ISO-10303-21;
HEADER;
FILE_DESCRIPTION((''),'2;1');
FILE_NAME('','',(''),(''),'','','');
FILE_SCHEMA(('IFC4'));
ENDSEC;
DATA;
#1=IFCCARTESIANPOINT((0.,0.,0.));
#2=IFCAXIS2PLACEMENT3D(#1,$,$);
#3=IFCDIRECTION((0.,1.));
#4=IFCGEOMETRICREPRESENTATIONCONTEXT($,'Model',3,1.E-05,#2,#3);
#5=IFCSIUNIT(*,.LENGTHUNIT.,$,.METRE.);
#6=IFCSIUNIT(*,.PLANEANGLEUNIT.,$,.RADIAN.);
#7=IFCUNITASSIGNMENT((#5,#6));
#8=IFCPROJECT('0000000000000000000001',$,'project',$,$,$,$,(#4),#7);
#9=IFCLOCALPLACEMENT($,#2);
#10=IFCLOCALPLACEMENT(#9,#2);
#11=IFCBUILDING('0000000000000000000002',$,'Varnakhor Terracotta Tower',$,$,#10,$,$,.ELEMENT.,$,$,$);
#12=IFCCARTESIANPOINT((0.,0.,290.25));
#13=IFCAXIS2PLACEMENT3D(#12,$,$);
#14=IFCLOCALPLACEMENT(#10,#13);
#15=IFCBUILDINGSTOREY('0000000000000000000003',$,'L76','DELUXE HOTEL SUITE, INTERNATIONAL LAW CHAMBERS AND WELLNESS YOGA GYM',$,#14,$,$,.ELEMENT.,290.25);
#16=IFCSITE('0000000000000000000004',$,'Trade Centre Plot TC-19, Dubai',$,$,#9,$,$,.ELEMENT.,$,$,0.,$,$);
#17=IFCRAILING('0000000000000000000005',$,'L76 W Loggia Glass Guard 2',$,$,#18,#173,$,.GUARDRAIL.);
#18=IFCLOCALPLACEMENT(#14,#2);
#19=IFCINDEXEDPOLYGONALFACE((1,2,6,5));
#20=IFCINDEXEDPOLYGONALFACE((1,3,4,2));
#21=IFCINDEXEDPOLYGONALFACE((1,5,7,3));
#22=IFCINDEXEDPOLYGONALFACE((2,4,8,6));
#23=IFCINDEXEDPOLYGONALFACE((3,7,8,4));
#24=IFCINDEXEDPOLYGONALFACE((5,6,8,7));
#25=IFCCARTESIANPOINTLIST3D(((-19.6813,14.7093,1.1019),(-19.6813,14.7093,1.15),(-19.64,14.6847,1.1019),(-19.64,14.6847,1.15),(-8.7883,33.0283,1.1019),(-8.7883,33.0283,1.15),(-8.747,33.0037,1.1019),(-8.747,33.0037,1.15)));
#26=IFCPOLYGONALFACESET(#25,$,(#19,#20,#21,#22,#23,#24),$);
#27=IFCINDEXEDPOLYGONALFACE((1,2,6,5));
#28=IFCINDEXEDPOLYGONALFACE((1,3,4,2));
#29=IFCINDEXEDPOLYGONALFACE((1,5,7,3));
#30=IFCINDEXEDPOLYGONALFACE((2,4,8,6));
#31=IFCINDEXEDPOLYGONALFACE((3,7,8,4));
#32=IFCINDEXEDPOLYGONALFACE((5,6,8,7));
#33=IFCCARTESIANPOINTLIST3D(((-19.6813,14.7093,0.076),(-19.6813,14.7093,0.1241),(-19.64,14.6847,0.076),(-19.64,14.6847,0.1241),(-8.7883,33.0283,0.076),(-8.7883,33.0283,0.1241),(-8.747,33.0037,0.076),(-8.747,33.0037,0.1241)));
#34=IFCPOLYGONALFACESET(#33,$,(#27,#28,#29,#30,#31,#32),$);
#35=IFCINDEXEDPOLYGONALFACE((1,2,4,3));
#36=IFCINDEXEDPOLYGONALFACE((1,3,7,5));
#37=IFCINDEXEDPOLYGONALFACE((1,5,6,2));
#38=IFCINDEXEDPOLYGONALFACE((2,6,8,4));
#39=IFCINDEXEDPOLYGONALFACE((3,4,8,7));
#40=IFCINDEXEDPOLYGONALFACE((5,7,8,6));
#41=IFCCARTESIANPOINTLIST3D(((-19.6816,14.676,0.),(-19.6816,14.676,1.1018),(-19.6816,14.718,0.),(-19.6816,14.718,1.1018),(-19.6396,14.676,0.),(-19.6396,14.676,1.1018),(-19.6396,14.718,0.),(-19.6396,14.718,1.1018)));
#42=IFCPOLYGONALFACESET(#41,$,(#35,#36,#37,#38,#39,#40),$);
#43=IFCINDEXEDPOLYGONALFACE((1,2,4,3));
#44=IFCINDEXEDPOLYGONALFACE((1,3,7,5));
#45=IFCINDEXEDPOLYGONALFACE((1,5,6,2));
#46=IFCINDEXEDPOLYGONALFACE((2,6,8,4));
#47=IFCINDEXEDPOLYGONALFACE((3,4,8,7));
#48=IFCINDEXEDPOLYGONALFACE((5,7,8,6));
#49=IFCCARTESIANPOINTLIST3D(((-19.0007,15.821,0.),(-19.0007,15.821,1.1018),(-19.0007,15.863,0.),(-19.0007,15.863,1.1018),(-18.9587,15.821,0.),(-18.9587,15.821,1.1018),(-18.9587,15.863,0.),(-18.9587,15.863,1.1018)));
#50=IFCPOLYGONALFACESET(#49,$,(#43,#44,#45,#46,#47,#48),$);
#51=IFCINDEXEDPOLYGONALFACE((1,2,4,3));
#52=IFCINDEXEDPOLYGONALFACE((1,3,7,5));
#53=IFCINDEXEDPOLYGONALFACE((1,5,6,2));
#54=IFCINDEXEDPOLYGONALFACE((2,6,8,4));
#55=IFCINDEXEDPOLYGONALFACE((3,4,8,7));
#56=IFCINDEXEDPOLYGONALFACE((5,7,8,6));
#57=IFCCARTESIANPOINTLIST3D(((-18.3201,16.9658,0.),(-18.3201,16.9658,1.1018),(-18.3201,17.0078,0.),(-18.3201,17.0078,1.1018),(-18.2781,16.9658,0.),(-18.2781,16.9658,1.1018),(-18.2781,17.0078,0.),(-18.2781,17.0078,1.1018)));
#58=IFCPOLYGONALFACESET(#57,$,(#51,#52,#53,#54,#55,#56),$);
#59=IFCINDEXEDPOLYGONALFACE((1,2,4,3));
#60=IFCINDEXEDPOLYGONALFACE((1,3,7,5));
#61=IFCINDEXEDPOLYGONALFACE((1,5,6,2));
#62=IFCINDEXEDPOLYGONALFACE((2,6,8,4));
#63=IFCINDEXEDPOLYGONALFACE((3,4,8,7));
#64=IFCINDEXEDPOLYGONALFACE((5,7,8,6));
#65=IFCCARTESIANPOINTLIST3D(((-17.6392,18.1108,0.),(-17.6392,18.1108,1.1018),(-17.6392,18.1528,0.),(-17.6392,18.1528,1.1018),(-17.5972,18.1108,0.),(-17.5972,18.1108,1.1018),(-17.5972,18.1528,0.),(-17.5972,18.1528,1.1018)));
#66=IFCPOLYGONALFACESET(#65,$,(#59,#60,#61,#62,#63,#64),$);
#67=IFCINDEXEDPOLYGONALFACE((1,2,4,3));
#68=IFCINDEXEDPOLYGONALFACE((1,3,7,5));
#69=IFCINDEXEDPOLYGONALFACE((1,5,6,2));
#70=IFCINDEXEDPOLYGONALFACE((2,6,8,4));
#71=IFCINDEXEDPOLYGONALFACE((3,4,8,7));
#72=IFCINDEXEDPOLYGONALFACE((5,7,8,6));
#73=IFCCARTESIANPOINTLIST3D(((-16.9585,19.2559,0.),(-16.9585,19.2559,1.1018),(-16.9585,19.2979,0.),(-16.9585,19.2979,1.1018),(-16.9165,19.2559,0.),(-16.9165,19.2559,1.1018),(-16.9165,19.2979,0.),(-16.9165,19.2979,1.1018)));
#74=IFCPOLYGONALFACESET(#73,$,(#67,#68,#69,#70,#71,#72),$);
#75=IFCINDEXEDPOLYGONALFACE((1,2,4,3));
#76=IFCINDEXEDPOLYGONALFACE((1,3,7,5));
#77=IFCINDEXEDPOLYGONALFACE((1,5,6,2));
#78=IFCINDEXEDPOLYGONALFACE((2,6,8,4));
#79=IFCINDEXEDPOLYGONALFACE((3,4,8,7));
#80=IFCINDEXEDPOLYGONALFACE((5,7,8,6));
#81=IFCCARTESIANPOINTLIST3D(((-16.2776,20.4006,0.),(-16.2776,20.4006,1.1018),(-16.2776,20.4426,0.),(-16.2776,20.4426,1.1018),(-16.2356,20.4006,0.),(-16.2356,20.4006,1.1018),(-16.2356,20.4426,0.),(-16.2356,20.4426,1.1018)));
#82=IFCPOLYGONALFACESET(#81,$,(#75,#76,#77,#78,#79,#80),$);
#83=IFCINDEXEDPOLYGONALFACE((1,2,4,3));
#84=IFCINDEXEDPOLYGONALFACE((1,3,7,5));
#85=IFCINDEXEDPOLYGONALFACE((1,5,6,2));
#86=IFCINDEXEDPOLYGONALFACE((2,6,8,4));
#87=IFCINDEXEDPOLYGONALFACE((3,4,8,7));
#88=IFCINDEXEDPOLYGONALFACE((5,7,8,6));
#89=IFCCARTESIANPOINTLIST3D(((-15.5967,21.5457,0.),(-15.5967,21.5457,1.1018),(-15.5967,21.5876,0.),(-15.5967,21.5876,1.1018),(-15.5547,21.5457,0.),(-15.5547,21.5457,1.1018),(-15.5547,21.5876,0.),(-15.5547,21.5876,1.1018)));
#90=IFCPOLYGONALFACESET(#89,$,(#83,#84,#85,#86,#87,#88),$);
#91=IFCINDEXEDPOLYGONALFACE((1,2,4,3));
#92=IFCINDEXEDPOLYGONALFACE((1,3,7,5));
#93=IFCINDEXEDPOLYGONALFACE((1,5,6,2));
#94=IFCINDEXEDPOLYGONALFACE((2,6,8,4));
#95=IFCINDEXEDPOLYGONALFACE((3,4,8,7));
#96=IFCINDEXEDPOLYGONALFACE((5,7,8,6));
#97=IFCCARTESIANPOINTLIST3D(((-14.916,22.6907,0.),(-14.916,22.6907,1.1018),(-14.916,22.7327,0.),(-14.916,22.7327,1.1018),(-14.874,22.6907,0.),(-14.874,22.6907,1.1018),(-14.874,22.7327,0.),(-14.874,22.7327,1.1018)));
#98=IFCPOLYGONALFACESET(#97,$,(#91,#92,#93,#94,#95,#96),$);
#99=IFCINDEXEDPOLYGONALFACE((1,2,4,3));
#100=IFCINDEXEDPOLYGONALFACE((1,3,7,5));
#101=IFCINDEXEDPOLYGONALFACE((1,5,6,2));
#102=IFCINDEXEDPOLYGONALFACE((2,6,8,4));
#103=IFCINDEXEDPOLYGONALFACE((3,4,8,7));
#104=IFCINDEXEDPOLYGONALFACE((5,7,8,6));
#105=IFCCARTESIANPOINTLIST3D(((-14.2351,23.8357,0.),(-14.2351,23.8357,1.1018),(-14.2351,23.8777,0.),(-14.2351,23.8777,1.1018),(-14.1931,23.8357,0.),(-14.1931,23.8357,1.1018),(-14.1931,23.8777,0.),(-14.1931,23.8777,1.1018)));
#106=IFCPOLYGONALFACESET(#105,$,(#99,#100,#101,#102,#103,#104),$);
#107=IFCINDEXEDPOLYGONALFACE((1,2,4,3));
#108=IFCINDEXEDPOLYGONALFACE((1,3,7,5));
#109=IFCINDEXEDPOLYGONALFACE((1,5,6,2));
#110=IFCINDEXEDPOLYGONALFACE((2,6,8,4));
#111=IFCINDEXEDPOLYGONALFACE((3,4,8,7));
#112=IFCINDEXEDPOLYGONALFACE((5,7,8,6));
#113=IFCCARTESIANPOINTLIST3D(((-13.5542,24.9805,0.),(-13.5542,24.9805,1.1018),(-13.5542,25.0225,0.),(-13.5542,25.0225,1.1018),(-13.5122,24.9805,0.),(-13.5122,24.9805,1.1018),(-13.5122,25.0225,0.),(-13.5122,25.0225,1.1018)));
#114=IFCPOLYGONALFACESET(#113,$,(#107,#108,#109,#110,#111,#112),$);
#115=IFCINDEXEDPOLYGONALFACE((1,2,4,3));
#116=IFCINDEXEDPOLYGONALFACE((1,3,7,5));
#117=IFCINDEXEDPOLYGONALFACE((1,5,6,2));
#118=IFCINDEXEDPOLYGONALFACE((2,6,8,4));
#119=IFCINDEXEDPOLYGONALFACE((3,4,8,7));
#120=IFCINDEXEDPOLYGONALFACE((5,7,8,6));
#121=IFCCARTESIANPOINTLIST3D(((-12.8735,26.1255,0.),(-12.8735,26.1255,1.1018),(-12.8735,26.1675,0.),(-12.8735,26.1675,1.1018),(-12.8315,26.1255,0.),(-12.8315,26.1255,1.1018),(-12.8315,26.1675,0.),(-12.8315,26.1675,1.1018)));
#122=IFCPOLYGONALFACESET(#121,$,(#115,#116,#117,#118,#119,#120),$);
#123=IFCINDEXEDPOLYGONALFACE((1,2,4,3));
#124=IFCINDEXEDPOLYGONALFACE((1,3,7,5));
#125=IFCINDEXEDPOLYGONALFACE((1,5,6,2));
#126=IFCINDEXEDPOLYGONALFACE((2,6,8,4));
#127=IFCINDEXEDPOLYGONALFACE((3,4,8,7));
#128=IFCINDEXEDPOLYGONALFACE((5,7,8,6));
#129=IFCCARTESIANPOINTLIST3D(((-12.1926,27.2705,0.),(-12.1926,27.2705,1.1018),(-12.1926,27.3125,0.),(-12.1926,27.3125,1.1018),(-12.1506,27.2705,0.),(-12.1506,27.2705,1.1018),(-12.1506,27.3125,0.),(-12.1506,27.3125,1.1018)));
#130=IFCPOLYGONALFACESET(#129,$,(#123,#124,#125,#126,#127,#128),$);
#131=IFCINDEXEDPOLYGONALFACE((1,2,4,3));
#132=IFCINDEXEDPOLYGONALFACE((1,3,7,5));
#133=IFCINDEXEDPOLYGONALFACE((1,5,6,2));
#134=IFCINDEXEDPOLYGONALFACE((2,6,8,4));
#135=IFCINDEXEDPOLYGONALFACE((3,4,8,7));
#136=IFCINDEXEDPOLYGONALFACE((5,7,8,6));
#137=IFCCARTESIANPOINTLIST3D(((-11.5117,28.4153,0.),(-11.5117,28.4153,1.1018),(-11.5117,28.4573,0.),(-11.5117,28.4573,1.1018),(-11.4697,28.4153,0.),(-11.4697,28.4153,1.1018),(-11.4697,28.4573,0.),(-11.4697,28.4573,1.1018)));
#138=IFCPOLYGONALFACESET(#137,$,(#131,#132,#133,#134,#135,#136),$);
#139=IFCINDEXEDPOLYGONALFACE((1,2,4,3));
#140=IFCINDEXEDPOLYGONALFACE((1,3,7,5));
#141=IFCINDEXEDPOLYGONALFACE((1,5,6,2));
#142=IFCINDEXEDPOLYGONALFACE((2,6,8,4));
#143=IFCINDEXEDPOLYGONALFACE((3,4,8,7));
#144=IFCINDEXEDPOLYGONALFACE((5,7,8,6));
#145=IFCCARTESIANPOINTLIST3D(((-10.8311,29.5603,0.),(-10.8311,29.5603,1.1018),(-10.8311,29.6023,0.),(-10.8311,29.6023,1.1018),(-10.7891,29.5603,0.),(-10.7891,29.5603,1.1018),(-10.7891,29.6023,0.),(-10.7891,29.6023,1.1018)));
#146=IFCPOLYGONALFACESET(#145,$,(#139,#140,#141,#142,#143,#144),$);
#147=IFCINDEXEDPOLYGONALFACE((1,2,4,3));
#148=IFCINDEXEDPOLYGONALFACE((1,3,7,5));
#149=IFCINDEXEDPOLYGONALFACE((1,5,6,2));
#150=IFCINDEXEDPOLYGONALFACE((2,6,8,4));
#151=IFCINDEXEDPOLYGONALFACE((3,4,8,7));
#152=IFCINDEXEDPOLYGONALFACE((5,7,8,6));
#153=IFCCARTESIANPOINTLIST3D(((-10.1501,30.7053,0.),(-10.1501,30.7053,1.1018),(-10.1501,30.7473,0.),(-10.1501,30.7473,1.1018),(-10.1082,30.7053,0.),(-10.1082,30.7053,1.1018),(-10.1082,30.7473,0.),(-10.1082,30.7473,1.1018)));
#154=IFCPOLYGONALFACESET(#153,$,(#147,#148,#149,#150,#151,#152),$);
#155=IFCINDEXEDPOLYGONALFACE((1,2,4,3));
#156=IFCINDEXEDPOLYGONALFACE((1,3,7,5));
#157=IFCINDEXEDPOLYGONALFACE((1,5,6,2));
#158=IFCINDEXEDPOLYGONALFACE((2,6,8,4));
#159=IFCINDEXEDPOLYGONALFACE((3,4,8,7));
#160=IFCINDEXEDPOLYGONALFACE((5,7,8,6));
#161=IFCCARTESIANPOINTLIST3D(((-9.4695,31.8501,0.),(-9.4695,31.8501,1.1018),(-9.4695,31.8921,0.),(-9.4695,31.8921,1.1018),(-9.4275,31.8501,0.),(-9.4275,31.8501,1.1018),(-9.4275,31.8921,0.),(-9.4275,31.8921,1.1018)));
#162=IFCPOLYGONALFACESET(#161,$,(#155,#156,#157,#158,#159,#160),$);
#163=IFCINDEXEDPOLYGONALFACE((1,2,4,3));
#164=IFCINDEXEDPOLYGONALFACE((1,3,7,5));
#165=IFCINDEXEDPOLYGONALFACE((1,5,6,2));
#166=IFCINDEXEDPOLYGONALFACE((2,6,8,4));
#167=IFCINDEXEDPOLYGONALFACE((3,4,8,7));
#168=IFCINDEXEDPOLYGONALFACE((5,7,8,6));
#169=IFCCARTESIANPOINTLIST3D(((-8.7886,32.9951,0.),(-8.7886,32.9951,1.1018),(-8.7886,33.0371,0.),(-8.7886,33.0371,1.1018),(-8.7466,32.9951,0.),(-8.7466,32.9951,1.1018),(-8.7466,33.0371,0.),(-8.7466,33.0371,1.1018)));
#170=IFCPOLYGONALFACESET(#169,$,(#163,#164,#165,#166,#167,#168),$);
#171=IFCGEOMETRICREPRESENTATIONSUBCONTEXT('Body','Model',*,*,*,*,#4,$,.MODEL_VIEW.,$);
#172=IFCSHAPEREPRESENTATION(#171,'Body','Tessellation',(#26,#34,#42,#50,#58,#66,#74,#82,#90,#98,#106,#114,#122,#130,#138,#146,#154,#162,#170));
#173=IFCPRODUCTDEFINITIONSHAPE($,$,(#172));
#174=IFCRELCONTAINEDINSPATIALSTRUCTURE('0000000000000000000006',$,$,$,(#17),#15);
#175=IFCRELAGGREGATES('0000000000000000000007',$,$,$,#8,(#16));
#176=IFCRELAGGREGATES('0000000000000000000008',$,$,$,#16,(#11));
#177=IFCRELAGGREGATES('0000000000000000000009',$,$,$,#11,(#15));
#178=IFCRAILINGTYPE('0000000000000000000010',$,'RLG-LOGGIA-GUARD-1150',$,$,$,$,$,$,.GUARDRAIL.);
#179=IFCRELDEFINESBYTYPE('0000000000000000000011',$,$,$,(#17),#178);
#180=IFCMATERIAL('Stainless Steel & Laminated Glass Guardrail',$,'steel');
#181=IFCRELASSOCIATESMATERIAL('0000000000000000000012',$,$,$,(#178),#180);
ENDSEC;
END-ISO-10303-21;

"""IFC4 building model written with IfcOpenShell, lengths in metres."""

from ifc_helpers import new_model, si_unit, direction, frame, origin, origin_2d, place, context, subcontext, project, spatial, rectangle, extrude, material, type_object, element, save


model = new_model("IFC4")

# Units and contexts
model_context = context("Model", 3, precision=1e-05, world=origin(), true_north=direction((0.0, 1.0)))
body_context = subcontext(model_context, "Body", "Model", "MODEL_VIEW")
ifc_project = project(units=[si_unit("LENGTHUNIT", "METRE"), si_unit("PLANEANGLEUNIT", "RADIAN")], contexts=[model_context])

# Site, building, storey
site_placement = place(None, origin())
site = spatial("IfcSite", under=ifc_project, at=site_placement, Name="Trade Centre Plot TC-19, Dubai", CompositionType="ELEMENT", RefElevation=0.0)
building_placement = place(site_placement, origin())
building = spatial("IfcBuilding", under=site, at=building_placement, Name="Varnakhor Terracotta Tower", CompositionType="ELEMENT")
storey_placement = place(building_placement, frame((0.0, 0.0, 290.25)))
storey = spatial("IfcBuildingStorey", under=building, at=storey_placement, Name="L76", Description="DELUXE HOTEL SUITE, INTERNATIONAL LAW CHAMBERS AND WELLNESS YOGA GYM", CompositionType="ELEMENT", Elevation=290.25)

# Railing
ifc_material_1 = material(Name="Stainless Steel & Laminated Glass Guardrail", Category="steel")
railing_type = type_object("IfcRailingType", Name="RLG-LOGGIA-GUARD-1150", PredefinedType="GUARDRAIL", material=ifc_material_1)
railing_1_placement = place(storey_placement, frame((-19.6606, 14.697, 0.0)))
element("IfcRailing", 1, at=railing_1_placement, inside=storey, type_object=railing_type, Name="L76 W Loggia Glass Guard 2", PredefinedType="GUARDRAIL", context=body_context, shape_type="SweptSolid", body=[
    extrude(rectangle(XDim=0.0481, YDim=0.0481, at=origin_2d()), frame((0.0, 0.0, 1.126), z_axis=(0.511097, 0.859523, 0.0), x_axis=(-0.859523, 0.511097, 0.0)), (0.0, 0.0, 1.0), 21.313),
    extrude(rectangle(XDim=0.0481, YDim=0.0481, at=origin_2d()), frame((0.0, 0.0, 0.1001), z_axis=(0.511097, 0.859523, 0.0), x_axis=(-0.859523, 0.511097, 0.0)), (0.0, 0.0, 1.0), 21.313),
    extrude(rectangle(XDim=0.042, YDim=0.042, at=origin_2d()), origin(), (0.0, 0.0, 1.0), 1.1018),
    extrude(rectangle(XDim=0.042, YDim=0.042, at=origin_2d()), frame((0.6809, 1.145, 0.0)), (0.0, 0.0, 1.0), 1.1018),
    extrude(rectangle(XDim=0.042, YDim=0.042, at=origin_2d()), frame((1.3616, 2.2898, 0.0)), (0.0, 0.0, 1.0), 1.1018),
    extrude(rectangle(XDim=0.042, YDim=0.042, at=origin_2d()), frame((2.0425, 3.4348, 0.0)), (0.0, 0.0, 1.0), 1.1018),
    extrude(rectangle(XDim=0.042, YDim=0.042, at=origin_2d()), frame((2.7231, 4.5798, 0.0)), (0.0, 0.0, 1.0), 1.1018),
    extrude(rectangle(XDim=0.042, YDim=0.042, at=origin_2d()), frame((3.4041, 5.7246, 0.0)), (0.0, 0.0, 1.0), 1.1018),
    extrude(rectangle(XDim=0.042, YDim=0.042, at=origin_2d()), frame((4.085, 6.8696, 0.0)), (0.0, 0.0, 1.0), 1.1018),
    extrude(rectangle(XDim=0.042, YDim=0.042, at=origin_2d()), frame((4.7656, 8.0146, 0.0)), (0.0, 0.0, 1.0), 1.1018),
    extrude(rectangle(XDim=0.042, YDim=0.042, at=origin_2d()), frame((5.4465, 9.1597, 0.0)), (0.0, 0.0, 1.0), 1.1018),
    extrude(rectangle(XDim=0.042, YDim=0.042, at=origin_2d()), frame((6.1274, 10.3044, 0.0)), (0.0, 0.0, 1.0), 1.1018),
    extrude(rectangle(XDim=0.042, YDim=0.042, at=origin_2d()), frame((6.8081, 11.4495, 0.0)), (0.0, 0.0, 1.0), 1.1018),
    extrude(rectangle(XDim=0.042, YDim=0.042, at=origin_2d()), frame((7.489, 12.5945, 0.0)), (0.0, 0.0, 1.0), 1.1018),
    extrude(rectangle(XDim=0.042, YDim=0.042, at=origin_2d()), frame((8.1699, 13.7393, 0.0)), (0.0, 0.0, 1.0), 1.1018),
    extrude(rectangle(XDim=0.042, YDim=0.042, at=origin_2d()), frame((8.8506, 14.8843, 0.0)), (0.0, 0.0, 1.0), 1.1018),
    extrude(rectangle(XDim=0.042, YDim=0.042, at=origin_2d()), frame((9.5315, 16.0293, 0.0)), (0.0, 0.0, 1.0), 1.1018),
    extrude(rectangle(XDim=0.042, YDim=0.042, at=origin_2d()), frame((10.2122, 17.1741, 0.0)), (0.0, 0.0, 1.0), 1.1018),
    extrude(rectangle(XDim=0.042, YDim=0.042, at=origin_2d()), frame((10.8931, 18.3191, 0.0)), (0.0, 0.0, 1.0), 1.1018),
])

save(model, "model.ifc")
